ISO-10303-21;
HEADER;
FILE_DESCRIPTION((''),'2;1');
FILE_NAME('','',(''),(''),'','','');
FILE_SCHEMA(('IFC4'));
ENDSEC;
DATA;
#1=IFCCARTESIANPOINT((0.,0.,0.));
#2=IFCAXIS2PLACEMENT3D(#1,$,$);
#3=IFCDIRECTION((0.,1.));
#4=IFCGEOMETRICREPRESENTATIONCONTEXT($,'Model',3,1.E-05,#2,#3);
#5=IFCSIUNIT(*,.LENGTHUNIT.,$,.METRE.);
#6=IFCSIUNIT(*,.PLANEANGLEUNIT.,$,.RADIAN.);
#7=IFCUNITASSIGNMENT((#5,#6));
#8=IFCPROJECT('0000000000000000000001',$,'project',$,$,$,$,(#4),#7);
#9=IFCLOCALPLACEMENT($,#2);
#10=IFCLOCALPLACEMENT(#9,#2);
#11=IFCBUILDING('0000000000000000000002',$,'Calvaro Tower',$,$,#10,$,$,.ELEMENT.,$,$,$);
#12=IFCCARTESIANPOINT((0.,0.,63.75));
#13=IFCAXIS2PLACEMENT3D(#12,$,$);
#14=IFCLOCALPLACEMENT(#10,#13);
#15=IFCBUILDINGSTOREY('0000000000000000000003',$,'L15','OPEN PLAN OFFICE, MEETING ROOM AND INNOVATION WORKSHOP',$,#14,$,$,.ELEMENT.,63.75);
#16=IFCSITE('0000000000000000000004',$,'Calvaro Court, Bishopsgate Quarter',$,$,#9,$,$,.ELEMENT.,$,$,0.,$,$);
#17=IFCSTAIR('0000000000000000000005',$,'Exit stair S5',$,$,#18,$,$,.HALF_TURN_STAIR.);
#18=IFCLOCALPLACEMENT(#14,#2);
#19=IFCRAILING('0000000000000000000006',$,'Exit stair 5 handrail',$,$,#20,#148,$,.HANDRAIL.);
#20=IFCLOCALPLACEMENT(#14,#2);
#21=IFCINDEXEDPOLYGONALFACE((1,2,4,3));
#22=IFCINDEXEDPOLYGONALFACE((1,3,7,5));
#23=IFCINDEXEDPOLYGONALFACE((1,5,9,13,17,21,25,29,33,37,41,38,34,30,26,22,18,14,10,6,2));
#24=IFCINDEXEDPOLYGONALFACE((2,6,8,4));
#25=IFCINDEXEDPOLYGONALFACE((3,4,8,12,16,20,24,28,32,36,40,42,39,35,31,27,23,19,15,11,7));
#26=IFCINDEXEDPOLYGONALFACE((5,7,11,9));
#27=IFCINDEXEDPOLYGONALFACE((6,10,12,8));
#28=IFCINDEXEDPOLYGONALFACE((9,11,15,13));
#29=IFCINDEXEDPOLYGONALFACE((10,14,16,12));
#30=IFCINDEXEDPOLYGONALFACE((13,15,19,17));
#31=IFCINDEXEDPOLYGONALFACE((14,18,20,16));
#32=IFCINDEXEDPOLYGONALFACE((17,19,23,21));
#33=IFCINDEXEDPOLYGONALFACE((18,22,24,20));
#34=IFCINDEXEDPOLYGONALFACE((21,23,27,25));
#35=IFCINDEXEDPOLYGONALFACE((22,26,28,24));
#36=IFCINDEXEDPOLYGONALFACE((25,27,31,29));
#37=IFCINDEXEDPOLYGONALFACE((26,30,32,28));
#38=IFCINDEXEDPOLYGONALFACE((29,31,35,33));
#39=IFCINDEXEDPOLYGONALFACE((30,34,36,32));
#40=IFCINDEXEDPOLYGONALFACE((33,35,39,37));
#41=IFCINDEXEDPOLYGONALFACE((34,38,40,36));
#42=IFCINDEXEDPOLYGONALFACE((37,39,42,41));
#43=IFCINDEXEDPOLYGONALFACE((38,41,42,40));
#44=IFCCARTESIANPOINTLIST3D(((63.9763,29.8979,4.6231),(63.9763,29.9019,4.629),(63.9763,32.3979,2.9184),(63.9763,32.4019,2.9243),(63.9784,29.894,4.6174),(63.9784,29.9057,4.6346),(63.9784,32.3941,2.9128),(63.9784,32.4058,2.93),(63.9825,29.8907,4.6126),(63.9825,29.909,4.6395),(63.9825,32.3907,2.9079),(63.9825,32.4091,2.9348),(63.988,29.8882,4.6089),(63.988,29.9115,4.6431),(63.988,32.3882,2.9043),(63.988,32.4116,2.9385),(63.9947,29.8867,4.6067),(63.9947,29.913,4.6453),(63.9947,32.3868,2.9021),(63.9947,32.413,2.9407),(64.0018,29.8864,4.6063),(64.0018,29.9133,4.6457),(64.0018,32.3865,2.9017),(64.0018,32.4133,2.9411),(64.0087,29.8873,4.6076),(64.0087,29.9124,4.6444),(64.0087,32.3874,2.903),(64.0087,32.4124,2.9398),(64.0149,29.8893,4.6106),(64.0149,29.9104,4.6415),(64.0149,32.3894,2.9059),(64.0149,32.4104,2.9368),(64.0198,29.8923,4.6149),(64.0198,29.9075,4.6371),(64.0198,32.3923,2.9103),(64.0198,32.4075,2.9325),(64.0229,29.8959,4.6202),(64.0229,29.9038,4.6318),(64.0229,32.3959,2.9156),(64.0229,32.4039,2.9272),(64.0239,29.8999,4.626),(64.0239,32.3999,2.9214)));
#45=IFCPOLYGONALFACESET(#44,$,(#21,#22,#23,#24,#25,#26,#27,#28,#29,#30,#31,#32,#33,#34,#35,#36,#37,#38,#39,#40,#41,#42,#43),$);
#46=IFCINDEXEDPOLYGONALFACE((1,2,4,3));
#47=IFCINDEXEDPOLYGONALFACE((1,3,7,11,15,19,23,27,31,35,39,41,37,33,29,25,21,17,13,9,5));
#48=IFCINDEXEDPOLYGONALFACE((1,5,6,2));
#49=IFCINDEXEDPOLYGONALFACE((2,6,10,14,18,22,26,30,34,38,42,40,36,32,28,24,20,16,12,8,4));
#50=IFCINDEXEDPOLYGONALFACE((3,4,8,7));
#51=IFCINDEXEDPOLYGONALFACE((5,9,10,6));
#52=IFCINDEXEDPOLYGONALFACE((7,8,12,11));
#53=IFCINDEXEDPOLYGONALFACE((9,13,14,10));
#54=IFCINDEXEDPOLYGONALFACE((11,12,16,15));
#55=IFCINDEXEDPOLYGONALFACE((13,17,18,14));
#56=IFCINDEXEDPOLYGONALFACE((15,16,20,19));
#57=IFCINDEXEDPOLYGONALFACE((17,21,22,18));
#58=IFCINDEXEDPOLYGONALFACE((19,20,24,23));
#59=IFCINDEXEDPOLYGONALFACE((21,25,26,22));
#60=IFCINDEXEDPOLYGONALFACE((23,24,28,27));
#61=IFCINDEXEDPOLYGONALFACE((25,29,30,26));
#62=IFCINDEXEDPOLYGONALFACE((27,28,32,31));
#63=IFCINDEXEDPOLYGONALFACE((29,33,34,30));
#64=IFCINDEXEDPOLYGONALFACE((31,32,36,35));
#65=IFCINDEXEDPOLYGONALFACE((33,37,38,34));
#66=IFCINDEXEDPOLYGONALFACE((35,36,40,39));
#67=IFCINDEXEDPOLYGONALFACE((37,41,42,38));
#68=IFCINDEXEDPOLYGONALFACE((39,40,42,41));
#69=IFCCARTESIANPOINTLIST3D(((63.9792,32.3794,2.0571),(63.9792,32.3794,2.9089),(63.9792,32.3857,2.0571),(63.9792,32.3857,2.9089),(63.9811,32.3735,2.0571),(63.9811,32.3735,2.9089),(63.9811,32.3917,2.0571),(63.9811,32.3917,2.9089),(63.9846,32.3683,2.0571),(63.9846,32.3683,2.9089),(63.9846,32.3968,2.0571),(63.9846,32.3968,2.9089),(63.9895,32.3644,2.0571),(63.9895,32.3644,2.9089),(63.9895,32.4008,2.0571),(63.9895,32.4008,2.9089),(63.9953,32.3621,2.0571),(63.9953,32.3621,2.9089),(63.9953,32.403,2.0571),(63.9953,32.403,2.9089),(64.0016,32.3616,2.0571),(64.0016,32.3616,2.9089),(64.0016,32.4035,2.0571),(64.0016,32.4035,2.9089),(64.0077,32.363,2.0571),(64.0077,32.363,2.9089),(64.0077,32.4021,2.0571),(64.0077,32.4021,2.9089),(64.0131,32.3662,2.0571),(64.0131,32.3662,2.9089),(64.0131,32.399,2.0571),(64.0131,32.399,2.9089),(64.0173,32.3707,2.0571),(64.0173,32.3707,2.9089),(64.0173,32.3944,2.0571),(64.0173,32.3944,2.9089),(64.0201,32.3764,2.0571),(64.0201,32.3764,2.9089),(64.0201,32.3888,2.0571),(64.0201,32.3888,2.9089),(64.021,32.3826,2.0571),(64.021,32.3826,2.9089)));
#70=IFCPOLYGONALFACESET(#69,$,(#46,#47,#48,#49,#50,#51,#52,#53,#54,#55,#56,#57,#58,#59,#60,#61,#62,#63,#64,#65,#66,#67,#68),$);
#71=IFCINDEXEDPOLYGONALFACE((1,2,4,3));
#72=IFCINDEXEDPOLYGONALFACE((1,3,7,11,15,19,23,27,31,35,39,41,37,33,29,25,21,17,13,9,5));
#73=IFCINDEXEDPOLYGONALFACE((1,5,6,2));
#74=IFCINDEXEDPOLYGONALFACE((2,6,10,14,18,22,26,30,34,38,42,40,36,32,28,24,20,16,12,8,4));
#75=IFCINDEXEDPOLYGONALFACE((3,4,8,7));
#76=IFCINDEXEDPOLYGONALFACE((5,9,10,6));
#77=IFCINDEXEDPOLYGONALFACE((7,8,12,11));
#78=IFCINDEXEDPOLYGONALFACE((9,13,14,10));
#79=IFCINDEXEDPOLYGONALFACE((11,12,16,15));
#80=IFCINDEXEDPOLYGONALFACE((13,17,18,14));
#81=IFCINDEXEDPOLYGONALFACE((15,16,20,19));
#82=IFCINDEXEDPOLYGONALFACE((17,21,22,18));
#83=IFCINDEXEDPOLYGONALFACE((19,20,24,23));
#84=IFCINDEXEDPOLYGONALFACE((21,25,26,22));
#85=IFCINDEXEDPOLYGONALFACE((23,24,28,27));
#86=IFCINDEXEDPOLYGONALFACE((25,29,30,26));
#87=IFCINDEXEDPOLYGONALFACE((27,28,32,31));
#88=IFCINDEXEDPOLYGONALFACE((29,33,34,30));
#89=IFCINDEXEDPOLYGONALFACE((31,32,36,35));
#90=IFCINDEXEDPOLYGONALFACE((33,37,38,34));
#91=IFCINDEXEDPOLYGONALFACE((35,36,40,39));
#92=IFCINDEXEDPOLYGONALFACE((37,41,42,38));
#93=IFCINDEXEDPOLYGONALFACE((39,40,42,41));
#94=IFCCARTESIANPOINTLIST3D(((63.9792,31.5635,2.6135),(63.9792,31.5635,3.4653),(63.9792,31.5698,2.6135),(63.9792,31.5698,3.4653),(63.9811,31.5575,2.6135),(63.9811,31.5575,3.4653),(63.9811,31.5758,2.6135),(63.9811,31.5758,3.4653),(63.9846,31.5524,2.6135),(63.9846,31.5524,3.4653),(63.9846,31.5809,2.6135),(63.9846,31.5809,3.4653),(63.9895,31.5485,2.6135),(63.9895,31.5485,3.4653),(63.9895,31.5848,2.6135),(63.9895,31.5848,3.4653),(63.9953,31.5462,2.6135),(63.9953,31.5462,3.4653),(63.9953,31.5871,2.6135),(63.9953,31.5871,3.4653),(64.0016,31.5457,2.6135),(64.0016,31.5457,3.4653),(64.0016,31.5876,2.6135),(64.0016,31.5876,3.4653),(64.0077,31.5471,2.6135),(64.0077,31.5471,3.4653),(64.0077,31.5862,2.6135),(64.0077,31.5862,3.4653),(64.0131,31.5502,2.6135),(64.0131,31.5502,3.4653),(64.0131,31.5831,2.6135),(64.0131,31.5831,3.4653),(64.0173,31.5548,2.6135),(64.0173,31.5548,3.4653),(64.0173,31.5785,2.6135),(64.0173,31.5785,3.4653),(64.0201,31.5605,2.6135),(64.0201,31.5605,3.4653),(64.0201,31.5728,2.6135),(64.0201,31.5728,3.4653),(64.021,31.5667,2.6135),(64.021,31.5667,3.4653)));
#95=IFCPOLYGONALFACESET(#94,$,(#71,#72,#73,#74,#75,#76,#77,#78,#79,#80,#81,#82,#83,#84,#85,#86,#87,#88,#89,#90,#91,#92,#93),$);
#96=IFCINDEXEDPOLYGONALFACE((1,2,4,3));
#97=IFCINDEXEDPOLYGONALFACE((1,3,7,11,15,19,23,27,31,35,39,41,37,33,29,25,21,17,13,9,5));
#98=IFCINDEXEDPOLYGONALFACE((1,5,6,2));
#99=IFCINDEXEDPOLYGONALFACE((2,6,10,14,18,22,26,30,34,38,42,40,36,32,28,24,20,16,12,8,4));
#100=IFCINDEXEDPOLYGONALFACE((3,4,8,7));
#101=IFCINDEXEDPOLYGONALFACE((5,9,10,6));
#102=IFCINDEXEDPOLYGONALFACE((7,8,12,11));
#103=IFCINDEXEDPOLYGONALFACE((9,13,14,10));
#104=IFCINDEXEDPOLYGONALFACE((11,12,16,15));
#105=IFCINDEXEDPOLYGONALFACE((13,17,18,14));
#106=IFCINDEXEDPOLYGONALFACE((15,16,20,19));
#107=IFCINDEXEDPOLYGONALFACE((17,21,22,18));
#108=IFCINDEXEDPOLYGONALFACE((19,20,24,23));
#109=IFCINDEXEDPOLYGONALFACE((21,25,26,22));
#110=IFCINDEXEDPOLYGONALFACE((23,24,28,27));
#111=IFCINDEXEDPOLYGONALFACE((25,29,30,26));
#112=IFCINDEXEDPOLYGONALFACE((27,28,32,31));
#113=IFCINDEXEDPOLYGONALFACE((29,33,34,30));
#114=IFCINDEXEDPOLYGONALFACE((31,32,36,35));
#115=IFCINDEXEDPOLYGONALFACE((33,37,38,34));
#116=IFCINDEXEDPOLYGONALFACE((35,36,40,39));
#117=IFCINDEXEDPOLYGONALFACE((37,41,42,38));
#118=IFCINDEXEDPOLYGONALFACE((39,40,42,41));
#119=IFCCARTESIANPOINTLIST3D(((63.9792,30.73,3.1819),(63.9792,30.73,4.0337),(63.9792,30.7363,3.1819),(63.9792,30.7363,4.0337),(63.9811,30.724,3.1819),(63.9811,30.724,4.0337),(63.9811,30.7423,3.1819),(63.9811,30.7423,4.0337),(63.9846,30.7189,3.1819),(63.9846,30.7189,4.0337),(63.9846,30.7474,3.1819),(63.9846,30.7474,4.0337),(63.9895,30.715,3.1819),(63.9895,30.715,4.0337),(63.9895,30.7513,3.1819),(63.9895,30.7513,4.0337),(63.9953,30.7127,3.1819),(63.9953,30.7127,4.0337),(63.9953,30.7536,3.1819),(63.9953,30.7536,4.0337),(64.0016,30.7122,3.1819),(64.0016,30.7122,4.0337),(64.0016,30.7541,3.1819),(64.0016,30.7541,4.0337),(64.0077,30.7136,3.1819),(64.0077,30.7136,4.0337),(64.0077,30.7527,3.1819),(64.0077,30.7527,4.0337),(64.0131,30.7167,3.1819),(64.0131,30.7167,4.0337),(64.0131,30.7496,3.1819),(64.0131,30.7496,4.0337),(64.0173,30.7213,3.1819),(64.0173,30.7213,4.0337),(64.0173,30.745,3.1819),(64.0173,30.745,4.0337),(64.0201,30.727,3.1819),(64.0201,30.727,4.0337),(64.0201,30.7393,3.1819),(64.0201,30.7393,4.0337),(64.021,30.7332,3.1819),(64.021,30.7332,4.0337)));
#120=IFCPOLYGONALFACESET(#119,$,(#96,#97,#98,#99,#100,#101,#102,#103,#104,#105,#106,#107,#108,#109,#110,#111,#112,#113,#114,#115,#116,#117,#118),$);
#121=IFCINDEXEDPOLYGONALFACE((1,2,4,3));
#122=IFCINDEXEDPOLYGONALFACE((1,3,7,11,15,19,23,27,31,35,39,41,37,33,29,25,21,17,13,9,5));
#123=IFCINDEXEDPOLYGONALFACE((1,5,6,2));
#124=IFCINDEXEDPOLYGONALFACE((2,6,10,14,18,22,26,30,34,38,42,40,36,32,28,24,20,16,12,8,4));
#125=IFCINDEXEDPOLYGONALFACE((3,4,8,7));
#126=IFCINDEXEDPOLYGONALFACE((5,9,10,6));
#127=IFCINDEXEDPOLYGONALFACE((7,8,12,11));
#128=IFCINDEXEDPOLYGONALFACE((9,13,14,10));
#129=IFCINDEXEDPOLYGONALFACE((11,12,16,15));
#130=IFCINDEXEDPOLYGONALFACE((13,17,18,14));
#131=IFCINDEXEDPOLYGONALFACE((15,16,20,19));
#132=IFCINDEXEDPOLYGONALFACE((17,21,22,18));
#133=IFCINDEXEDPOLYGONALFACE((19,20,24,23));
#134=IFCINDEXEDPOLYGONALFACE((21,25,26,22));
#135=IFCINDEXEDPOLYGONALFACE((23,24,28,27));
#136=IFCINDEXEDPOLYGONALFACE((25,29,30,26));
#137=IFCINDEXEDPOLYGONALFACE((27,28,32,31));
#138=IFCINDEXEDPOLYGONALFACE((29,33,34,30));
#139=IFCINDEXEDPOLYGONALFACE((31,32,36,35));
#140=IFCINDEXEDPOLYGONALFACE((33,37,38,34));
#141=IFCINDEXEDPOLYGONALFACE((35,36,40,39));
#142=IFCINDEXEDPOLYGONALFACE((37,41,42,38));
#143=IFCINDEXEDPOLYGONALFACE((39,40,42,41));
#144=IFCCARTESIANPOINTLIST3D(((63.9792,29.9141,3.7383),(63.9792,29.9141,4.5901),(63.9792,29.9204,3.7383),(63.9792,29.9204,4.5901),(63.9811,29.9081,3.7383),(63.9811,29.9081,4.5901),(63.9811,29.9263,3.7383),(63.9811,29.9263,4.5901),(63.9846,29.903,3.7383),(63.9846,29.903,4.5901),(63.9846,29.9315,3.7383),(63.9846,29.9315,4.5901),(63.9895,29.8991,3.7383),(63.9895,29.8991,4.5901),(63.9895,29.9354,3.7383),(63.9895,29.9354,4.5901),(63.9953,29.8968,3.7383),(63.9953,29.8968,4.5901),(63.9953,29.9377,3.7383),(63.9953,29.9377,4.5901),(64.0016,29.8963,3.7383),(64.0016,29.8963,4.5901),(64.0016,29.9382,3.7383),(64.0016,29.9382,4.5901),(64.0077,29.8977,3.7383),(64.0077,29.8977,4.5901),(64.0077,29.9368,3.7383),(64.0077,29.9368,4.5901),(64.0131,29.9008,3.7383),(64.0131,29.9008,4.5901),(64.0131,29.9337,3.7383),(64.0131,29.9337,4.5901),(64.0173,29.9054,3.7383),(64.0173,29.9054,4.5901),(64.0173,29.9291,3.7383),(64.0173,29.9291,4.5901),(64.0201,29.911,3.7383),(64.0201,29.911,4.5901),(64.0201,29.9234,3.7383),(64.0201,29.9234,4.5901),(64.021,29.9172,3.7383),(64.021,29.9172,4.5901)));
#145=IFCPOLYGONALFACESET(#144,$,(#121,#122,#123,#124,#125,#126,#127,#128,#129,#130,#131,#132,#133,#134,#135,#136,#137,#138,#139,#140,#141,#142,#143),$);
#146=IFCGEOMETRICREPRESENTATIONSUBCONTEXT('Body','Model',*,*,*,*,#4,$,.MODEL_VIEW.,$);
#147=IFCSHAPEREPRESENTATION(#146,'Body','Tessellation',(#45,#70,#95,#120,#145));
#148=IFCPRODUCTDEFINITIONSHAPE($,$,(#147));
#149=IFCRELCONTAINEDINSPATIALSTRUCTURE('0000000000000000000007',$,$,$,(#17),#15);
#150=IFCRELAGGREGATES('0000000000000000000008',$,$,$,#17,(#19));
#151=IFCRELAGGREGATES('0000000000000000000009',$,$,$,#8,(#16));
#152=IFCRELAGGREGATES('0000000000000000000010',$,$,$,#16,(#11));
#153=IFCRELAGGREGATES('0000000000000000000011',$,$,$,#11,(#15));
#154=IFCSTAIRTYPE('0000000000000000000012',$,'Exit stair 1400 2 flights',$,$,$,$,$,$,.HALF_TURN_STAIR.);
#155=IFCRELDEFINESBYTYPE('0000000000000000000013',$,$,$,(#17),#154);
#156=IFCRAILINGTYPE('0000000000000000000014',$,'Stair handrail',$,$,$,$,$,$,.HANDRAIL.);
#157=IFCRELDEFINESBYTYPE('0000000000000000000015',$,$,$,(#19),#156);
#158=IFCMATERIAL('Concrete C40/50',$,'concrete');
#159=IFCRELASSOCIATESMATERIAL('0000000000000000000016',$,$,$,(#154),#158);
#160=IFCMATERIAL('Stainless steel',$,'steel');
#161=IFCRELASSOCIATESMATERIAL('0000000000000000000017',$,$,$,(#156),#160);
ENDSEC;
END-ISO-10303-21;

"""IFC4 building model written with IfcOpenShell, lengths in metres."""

from ifc_helpers import new_model, si_unit, direction, frame, origin, origin_2d, place, context, subcontext, project, spatial, circle, extrude, material, type_object, element, aggregate, save


model = new_model("IFC4")

# Units and contexts
model_context = context("Model", 3, precision=1e-05, world=origin(), true_north=direction((0.0, 1.0)))
body_context = subcontext(model_context, "Body", "Model", "MODEL_VIEW")
ifc_project = project(units=[si_unit("LENGTHUNIT", "METRE"), si_unit("PLANEANGLEUNIT", "RADIAN")], contexts=[model_context])

# Site, building, storey
site_placement = place(None, origin())
site = spatial("IfcSite", under=ifc_project, at=site_placement, Name="Calvaro Court, Bishopsgate Quarter", CompositionType="ELEMENT", RefElevation=0.0)
building_placement = place(site_placement, origin())
building = spatial("IfcBuilding", under=site, at=building_placement, Name="Calvaro Tower", CompositionType="ELEMENT")
storey_placement = place(building_placement, frame((0.0, 0.0, 63.75)))
storey = spatial("IfcBuildingStorey", under=building, at=storey_placement, Name="L15", Description="OPEN PLAN OFFICE, MEETING ROOM AND INNOVATION WORKSHOP", CompositionType="ELEMENT", Elevation=63.75)

# Stair
ifc_material_1 = material(Name="Concrete C40/50", Category="concrete")
stair_type = type_object("IfcStairType", Name="Exit stair 1400 2 flights", PredefinedType="HALF_TURN_STAIR", material=ifc_material_1)
stair_1_placement = place(storey_placement, origin())
stair_1 = element("IfcStair", 1, at=stair_1_placement, inside=storey, type_object=stair_type, Name="Exit stair S5", PredefinedType="HALF_TURN_STAIR")

# Shared definitions
ifc_material_2 = material(Name="Stainless steel", Category="steel")
railing_type = type_object("IfcRailingType", Name="Stair handrail", PredefinedType="HANDRAIL", material=ifc_material_2)

# Railing
railing_1_placement = place(storey_placement, frame((64.0, 32.3999, 2.0454)))
railing_1 = element("IfcRailing", 2, at=railing_1_placement, type_object=railing_type, Name="Exit stair 5 handrail", PredefinedType="HANDRAIL", context=body_context, shape_type="SweptSolid", body=[
    extrude(circle(Radius=0.0239, at=origin_2d()), frame((0.0, 0.0, 0.876), z_axis=(0.0, -0.826221, 0.563347), x_axis=(1.0, 0.0, 0.0)), (0.0, 0.0, 1.0), 3.0259),
    extrude(circle(Radius=0.021, at=origin_2d()), frame((0.0, -0.0173, 0.0117)), (0.0, 0.0, 1.0), 0.8518),
    extrude(circle(Radius=0.021, at=origin_2d()), frame((0.0, -0.8333, 0.5681)), (0.0, 0.0, 1.0), 0.8518),
    extrude(circle(Radius=0.021, at=origin_2d()), frame((0.0, -1.6667, 1.1365)), (0.0, 0.0, 1.0), 0.8518),
    extrude(circle(Radius=0.021, at=origin_2d()), frame((0.0, -2.4827, 1.6929)), (0.0, 0.0, 1.0), 0.8518),
])
aggregate(stair_1, [railing_1])

save(model, "model.ifc")
